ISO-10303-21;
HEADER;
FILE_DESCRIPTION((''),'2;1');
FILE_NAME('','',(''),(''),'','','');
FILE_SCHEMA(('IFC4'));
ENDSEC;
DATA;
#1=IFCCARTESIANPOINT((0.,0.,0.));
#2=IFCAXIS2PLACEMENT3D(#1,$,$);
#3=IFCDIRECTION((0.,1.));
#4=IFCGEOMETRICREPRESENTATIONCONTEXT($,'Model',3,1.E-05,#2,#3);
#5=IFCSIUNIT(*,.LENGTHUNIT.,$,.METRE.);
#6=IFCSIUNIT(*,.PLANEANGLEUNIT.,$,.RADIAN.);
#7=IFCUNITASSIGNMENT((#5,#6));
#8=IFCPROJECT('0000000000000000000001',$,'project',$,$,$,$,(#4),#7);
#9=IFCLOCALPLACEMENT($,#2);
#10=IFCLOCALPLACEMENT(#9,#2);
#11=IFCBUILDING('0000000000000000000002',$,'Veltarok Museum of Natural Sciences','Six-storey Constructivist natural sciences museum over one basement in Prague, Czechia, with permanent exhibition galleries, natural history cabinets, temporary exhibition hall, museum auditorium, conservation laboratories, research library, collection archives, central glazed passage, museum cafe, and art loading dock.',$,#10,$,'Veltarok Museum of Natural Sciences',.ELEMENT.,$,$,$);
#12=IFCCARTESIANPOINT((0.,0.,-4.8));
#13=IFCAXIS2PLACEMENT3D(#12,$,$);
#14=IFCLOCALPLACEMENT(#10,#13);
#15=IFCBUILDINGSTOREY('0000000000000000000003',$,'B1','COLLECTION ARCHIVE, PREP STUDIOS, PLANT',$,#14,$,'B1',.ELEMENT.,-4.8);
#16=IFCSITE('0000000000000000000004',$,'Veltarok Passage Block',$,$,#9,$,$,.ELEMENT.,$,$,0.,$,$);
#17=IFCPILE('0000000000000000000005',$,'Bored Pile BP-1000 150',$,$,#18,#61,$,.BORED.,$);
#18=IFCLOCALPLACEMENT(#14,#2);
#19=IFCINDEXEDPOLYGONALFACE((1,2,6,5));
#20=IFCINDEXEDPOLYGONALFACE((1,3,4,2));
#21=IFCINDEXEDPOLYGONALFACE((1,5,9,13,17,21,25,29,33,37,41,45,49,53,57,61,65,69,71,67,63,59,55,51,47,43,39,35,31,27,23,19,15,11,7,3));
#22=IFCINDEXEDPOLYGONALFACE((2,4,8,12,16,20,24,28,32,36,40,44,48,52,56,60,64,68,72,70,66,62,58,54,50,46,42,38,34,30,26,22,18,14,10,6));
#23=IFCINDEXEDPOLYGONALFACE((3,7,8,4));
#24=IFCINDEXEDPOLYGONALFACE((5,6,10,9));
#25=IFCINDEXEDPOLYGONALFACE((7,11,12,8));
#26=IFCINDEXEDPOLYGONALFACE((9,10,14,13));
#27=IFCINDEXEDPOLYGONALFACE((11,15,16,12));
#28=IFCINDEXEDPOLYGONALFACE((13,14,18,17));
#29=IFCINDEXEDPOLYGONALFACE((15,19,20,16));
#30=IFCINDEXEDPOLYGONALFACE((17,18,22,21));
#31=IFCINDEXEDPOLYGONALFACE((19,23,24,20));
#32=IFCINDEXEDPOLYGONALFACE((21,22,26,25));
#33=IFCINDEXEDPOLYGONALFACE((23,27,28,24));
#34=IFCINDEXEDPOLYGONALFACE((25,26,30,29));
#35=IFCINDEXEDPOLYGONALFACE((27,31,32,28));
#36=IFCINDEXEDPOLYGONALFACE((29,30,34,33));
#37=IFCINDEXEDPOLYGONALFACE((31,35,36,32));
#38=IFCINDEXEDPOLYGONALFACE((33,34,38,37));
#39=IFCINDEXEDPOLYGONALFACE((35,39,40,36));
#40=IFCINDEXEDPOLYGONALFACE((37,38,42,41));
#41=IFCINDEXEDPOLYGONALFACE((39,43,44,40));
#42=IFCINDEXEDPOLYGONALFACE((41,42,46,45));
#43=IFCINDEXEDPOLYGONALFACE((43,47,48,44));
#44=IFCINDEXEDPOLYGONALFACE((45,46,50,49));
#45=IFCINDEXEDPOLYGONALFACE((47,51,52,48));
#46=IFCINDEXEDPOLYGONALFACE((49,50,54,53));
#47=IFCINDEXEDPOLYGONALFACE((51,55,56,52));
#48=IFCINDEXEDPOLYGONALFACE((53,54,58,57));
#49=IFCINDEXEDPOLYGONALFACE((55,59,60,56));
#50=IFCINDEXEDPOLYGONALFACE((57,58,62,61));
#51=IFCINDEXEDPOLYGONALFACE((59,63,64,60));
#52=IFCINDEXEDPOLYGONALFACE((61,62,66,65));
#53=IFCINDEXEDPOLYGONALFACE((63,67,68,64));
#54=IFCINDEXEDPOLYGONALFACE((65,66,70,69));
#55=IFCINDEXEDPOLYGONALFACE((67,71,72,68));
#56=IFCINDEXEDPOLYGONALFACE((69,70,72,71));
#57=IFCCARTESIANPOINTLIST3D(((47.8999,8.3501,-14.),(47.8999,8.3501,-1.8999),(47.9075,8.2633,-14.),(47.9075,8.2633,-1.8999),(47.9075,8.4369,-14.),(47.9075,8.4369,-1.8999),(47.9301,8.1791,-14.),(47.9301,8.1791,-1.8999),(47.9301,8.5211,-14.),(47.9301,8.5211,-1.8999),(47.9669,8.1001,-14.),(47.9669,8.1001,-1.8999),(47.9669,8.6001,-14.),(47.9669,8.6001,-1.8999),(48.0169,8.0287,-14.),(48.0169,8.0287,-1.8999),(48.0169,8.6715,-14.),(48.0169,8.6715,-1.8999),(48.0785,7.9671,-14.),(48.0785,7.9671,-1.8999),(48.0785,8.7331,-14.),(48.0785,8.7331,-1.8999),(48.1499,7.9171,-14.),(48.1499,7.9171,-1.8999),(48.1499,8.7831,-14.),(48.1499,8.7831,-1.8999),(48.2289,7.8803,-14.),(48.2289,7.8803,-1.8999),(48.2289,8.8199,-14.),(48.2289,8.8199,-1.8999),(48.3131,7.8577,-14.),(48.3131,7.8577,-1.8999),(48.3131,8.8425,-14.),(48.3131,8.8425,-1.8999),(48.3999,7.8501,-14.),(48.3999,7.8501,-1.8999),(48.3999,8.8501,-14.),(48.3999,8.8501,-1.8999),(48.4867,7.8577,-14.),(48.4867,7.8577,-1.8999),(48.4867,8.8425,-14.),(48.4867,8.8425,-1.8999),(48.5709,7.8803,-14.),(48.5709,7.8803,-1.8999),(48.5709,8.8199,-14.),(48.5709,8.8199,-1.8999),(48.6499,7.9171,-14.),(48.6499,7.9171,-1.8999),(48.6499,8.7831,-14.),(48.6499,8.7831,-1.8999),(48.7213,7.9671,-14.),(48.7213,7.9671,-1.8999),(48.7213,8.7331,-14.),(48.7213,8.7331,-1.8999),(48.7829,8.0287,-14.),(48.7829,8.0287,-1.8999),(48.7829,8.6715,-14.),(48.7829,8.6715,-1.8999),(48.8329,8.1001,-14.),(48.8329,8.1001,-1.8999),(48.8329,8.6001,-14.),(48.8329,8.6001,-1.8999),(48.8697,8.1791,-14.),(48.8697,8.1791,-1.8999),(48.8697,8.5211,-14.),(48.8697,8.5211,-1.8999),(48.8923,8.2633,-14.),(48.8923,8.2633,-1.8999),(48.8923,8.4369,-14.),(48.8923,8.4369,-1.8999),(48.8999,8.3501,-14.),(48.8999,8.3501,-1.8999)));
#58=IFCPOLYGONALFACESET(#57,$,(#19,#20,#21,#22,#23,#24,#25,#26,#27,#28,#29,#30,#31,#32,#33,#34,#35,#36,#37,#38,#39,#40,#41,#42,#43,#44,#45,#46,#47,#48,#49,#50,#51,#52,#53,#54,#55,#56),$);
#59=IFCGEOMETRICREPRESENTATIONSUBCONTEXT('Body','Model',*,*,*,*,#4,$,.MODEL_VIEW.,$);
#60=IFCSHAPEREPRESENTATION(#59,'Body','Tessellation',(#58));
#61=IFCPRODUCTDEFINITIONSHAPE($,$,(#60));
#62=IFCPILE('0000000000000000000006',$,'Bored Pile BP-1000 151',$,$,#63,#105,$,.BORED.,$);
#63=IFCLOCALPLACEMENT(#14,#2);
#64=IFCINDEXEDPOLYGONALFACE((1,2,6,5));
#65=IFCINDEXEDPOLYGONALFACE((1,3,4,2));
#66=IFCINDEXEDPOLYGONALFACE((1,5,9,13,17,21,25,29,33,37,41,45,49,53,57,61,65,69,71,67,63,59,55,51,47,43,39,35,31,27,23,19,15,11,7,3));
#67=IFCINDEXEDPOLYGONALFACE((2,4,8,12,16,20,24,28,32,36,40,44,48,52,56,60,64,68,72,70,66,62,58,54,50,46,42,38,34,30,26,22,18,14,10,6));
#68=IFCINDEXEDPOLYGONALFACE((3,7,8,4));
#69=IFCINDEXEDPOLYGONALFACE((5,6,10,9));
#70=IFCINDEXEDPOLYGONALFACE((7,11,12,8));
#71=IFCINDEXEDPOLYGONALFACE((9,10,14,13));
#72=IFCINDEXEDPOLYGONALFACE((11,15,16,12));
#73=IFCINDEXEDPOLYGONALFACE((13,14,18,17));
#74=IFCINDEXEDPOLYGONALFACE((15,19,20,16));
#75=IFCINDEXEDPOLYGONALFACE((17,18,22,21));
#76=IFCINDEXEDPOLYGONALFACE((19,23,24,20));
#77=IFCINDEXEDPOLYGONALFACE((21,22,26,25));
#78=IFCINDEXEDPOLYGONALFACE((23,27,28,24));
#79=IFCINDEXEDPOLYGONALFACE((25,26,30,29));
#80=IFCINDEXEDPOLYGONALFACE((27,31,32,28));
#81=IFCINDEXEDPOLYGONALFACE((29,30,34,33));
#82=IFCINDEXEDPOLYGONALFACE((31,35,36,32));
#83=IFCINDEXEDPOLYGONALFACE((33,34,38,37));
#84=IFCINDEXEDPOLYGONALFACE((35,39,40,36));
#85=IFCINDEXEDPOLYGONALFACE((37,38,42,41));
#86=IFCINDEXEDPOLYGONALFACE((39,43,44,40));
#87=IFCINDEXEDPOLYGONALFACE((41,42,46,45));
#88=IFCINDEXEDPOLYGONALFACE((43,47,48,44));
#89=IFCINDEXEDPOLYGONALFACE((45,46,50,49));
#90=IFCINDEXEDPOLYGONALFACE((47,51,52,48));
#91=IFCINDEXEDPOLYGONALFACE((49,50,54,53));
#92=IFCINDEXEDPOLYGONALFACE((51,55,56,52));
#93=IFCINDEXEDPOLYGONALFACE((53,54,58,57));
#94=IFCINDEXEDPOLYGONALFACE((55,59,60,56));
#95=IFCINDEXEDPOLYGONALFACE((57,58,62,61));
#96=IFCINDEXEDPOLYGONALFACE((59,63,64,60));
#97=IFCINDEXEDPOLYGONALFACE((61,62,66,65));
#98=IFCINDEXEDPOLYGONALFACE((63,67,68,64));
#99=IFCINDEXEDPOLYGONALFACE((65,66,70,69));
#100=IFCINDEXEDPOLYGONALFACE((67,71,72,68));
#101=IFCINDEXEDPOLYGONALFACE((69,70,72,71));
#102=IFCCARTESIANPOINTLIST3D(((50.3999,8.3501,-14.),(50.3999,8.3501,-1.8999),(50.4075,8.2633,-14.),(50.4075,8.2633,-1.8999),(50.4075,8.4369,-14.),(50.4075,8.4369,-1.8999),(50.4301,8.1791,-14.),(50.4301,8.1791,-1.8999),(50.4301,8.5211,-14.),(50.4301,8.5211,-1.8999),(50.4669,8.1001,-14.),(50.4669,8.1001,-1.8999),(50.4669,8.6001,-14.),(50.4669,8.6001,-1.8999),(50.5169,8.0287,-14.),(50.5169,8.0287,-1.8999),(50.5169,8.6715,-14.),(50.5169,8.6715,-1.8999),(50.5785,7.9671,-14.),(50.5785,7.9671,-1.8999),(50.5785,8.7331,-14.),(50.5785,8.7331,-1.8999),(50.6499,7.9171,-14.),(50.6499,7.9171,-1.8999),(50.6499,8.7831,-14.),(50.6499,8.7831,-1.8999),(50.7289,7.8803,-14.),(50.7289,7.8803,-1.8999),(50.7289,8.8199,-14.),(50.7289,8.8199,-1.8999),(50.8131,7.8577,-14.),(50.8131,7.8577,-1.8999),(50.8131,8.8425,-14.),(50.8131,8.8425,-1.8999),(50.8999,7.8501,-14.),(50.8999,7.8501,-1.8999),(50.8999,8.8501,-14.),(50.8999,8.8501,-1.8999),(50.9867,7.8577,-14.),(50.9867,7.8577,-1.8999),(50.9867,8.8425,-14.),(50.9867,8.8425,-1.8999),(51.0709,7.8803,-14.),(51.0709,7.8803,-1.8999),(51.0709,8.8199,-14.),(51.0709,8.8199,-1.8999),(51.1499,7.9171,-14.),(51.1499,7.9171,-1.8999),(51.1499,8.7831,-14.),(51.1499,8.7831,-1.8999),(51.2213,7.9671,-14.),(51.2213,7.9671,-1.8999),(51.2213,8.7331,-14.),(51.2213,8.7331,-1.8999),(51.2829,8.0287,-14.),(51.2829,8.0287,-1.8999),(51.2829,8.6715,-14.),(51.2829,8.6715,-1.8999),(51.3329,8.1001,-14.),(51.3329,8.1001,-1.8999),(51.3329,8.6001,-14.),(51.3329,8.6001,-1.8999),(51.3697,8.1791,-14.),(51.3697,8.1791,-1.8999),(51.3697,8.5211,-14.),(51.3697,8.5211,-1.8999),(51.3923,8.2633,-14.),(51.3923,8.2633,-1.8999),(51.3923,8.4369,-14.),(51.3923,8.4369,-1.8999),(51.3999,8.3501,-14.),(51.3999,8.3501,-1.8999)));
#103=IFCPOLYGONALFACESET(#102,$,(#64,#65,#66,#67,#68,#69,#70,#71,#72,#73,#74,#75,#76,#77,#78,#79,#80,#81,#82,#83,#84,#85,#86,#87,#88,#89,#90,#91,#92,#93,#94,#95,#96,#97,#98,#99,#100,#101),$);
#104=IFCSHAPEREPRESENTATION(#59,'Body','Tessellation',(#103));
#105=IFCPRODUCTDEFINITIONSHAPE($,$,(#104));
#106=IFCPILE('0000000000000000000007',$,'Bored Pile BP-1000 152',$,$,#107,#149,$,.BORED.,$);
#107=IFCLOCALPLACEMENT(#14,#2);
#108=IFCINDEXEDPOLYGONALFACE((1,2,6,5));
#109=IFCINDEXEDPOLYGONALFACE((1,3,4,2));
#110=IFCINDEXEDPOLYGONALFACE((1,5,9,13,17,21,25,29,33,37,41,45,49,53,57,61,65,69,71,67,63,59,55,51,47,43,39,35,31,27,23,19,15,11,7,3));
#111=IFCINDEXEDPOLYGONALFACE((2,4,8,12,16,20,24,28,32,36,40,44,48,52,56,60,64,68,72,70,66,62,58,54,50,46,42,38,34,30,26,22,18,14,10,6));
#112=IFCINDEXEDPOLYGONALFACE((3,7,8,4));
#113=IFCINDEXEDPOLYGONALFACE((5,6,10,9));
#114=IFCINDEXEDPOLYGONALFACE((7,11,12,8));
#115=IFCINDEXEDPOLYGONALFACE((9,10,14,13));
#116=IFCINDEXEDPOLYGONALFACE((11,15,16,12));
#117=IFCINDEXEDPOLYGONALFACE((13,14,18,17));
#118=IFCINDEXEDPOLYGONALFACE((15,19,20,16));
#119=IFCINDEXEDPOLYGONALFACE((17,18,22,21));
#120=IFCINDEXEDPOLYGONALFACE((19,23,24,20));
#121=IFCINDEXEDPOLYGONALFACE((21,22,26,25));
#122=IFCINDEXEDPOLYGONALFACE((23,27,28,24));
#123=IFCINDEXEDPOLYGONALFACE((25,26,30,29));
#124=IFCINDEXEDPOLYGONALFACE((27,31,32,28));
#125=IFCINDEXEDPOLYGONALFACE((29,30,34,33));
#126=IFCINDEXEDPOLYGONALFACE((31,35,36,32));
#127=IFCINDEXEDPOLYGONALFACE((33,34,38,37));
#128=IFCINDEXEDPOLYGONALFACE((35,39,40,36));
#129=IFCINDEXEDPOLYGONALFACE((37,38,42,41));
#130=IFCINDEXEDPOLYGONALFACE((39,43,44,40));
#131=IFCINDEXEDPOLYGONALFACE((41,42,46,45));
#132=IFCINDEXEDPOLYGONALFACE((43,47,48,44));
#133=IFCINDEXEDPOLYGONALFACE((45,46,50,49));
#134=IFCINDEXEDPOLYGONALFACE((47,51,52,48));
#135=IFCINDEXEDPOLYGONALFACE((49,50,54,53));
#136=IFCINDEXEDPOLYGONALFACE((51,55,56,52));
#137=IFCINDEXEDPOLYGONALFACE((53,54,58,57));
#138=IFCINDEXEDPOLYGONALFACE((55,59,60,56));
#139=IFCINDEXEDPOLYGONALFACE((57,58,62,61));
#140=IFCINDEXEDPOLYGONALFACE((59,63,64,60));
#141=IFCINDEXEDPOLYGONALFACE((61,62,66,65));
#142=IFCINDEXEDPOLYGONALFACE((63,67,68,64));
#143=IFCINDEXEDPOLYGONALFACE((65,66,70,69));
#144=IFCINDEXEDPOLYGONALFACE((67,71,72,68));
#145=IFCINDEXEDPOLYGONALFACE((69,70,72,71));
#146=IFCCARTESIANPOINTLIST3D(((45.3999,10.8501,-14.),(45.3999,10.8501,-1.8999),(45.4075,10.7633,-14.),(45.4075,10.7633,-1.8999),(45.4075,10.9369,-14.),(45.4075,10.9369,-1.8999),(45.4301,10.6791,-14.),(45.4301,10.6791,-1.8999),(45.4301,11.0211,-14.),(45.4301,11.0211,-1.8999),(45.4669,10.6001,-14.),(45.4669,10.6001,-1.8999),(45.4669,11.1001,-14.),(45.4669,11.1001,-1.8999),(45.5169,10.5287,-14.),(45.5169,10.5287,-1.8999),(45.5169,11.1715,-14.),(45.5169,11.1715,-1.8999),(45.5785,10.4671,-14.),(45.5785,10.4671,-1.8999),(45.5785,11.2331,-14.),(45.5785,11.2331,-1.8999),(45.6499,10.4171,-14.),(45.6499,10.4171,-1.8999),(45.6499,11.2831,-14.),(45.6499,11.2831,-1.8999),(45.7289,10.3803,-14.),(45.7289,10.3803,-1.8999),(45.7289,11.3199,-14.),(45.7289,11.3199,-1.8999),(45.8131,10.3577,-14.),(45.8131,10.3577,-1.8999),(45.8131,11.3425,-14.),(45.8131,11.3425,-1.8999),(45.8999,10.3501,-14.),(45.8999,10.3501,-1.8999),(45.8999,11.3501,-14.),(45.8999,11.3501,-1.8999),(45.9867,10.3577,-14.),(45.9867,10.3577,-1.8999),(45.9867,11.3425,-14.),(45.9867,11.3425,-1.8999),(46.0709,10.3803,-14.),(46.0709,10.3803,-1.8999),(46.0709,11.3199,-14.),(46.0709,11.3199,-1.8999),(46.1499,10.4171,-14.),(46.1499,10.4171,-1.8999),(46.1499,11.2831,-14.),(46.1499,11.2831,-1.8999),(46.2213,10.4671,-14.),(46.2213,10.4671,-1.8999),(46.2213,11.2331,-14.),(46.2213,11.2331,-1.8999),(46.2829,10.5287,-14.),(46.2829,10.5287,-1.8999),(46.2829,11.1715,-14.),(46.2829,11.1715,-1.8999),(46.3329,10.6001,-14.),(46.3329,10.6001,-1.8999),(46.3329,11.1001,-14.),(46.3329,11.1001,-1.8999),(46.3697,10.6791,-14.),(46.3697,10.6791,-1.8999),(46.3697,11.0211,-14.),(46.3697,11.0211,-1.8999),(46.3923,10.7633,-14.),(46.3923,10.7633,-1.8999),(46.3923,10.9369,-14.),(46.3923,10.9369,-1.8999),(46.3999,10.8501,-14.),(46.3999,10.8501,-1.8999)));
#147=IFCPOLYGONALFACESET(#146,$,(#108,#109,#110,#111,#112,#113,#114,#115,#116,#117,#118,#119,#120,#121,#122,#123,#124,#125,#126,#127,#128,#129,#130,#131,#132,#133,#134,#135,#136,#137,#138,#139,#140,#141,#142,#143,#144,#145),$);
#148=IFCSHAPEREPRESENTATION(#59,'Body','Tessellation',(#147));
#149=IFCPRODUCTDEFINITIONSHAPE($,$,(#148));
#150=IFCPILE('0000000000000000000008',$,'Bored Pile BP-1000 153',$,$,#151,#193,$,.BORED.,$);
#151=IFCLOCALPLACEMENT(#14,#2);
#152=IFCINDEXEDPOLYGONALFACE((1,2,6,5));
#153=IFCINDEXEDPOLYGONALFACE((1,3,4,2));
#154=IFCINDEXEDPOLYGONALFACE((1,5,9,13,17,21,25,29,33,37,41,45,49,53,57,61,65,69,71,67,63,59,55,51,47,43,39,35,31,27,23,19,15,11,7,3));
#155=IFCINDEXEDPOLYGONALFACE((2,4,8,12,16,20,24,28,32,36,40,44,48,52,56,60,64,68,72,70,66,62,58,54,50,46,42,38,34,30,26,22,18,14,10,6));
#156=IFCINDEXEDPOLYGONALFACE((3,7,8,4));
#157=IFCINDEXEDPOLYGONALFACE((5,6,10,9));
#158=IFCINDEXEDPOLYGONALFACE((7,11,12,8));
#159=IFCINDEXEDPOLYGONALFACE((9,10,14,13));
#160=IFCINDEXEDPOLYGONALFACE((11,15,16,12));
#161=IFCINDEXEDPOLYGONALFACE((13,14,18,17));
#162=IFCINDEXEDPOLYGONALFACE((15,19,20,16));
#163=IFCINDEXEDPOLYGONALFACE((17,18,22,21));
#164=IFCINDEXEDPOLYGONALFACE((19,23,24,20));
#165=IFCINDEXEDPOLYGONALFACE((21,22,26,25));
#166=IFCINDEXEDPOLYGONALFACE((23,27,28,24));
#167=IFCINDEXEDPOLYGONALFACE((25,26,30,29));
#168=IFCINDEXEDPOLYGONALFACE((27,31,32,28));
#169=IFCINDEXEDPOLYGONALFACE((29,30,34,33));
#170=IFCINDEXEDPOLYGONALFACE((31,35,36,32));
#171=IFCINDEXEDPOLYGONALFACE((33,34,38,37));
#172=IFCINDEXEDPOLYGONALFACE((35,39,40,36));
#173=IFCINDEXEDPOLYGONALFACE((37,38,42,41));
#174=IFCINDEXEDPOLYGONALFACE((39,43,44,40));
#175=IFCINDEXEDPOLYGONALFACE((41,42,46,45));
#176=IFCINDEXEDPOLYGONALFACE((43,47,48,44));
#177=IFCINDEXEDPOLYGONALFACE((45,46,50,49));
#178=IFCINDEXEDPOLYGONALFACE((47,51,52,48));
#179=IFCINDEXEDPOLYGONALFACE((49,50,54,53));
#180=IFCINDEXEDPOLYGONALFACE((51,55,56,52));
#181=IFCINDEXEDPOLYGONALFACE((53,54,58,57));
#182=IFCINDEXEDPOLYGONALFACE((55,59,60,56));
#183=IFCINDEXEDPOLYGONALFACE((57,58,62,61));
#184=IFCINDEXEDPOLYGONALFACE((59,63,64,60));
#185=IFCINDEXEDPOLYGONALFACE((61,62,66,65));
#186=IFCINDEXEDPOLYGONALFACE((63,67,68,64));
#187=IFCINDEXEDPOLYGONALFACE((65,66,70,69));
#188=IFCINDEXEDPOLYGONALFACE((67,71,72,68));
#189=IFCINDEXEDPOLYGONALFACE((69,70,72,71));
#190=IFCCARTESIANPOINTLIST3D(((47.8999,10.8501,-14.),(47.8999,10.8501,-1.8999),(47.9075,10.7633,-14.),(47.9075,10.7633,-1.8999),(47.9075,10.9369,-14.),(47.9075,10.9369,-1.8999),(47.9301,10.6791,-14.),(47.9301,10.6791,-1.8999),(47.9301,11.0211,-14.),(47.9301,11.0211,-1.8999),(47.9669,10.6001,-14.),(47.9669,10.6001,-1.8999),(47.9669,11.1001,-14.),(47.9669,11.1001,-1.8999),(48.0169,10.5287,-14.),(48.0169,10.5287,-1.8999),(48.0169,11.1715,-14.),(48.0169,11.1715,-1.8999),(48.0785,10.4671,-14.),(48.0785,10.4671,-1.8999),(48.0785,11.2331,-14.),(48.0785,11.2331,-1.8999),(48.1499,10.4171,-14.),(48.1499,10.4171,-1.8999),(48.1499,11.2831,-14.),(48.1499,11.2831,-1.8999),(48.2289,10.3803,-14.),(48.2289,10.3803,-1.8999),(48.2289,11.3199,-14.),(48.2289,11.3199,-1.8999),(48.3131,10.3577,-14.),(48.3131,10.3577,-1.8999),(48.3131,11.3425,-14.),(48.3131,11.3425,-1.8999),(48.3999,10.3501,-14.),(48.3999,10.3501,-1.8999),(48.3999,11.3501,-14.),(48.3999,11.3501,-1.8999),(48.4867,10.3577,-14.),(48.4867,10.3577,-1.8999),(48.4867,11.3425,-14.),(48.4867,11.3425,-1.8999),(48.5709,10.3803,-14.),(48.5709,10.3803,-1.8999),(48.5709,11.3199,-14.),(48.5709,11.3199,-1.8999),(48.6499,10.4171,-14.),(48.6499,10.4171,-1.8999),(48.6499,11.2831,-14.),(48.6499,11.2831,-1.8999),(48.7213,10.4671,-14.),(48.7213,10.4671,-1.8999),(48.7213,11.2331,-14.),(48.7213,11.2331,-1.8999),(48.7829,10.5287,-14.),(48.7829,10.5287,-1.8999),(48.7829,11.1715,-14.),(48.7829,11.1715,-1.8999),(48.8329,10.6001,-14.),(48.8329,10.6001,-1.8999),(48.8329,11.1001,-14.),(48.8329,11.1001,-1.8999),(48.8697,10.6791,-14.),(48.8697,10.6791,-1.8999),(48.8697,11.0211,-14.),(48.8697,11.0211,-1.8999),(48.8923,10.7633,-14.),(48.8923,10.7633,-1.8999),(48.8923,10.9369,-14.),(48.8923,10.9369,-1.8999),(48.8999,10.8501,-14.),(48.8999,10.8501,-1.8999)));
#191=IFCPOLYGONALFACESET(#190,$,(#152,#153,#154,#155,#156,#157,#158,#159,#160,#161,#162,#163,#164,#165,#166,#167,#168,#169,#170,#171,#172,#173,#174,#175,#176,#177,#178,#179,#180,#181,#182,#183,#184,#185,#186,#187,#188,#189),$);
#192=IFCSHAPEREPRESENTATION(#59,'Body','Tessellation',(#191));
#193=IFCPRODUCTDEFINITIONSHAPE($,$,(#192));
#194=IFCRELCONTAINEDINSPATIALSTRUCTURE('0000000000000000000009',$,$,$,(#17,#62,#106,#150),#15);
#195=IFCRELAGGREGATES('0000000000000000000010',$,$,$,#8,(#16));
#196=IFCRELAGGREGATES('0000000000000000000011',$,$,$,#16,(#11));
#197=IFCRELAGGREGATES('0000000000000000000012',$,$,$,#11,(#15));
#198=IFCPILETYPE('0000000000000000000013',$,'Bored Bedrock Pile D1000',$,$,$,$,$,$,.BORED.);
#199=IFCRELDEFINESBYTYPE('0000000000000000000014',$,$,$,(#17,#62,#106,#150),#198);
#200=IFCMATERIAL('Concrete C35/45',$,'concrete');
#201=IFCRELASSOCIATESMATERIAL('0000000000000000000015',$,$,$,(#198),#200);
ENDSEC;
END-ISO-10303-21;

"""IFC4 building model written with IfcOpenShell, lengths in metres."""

from ifc_helpers import new_model, si_unit, direction, frame, origin, origin_2d, place, context, subcontext, project, spatial, circle, extrude, material, material_profile, profile_set, type_object, element, save


model = new_model("IFC4")

# Units and contexts
model_context = context("Model", 3, precision=1e-05, world=origin(), true_north=direction((0.0, 1.0)))
body_context = subcontext(model_context, "Body", "Model", "MODEL_VIEW")
ifc_project = project(units=[si_unit("LENGTHUNIT", "METRE"), si_unit("PLANEANGLEUNIT", "RADIAN")], contexts=[model_context])

# Site, building, storey
site_placement = place(None, origin())
site = spatial("IfcSite", under=ifc_project, at=site_placement, Name="Veltarok Passage Block", CompositionType="ELEMENT", RefElevation=0.0)
building_placement = place(site_placement, origin())
building = spatial("IfcBuilding", under=site, at=building_placement, Name="Veltarok Museum of Natural Sciences", Description="Six-storey Constructivist natural sciences museum over one basement in Prague, Czechia, with permanent exhibition galleries, natural history cabinets, temporary exhibition hall, museum auditorium, conservation laboratories, research library, collection archives, central glazed passage, museum cafe, and art loading dock.", LongName="Veltarok Museum of Natural Sciences", CompositionType="ELEMENT")
storey_placement = place(building_placement, frame((0.0, 0.0, -4.8)))
storey = spatial("IfcBuildingStorey", under=building, at=storey_placement, Name="B1", Description="COLLECTION ARCHIVE, PREP STUDIOS, PLANT", LongName="B1", CompositionType="ELEMENT", Elevation=-4.8)

# Piles
ifc_material_1 = material(Name="Concrete C35/45", Category="concrete")
ifc_material_profile_1 = material_profile(ifc_material_1, circle(Radius=0.5, at=origin_2d()), Name="BP D1000")
ifc_profile_set_1 = profile_set([ifc_material_profile_1], Name="Concrete C35/45")
pile_type = type_object("IfcPileType", Name="Bored Bedrock Pile D1000", PredefinedType="BORED", material=ifc_profile_set_1)
for number, where, z_axis, x_axis, name in (
    (1, (48.3999, 8.3501, -1.8999), (0.0, 0.0, -1.0), (1.0, 0.0, 0.0), "Bored Pile BP-1000 150"),
    (2, (50.8999, 8.3501, -1.8999), (0.0, 0.0, -1.0), (1.0, 0.0, 0.0), "Bored Pile BP-1000 151"),
    (3, (45.8999, 10.8501, -1.8999), (0.0, 0.0, -1.0), (1.0, 0.0, 0.0), "Bored Pile BP-1000 152"),
    (4, (48.3999, 10.8501, -1.8999), (0.0, 0.0, -1.0), (1.0, 0.0, 0.0), "Bored Pile BP-1000 153"),
):
    element("IfcPile", number, at=place(storey_placement, frame(where, z_axis=z_axis, x_axis=x_axis)), inside=storey, type_object=pile_type, Name=name, PredefinedType="BORED", context=body_context, shape_type="SweptSolid", body=[
        extrude(circle(Radius=0.5, at=origin_2d()), origin(), (0.0, 0.0, 1.0), 12.1001),
    ])

save(model, "model.ifc")
